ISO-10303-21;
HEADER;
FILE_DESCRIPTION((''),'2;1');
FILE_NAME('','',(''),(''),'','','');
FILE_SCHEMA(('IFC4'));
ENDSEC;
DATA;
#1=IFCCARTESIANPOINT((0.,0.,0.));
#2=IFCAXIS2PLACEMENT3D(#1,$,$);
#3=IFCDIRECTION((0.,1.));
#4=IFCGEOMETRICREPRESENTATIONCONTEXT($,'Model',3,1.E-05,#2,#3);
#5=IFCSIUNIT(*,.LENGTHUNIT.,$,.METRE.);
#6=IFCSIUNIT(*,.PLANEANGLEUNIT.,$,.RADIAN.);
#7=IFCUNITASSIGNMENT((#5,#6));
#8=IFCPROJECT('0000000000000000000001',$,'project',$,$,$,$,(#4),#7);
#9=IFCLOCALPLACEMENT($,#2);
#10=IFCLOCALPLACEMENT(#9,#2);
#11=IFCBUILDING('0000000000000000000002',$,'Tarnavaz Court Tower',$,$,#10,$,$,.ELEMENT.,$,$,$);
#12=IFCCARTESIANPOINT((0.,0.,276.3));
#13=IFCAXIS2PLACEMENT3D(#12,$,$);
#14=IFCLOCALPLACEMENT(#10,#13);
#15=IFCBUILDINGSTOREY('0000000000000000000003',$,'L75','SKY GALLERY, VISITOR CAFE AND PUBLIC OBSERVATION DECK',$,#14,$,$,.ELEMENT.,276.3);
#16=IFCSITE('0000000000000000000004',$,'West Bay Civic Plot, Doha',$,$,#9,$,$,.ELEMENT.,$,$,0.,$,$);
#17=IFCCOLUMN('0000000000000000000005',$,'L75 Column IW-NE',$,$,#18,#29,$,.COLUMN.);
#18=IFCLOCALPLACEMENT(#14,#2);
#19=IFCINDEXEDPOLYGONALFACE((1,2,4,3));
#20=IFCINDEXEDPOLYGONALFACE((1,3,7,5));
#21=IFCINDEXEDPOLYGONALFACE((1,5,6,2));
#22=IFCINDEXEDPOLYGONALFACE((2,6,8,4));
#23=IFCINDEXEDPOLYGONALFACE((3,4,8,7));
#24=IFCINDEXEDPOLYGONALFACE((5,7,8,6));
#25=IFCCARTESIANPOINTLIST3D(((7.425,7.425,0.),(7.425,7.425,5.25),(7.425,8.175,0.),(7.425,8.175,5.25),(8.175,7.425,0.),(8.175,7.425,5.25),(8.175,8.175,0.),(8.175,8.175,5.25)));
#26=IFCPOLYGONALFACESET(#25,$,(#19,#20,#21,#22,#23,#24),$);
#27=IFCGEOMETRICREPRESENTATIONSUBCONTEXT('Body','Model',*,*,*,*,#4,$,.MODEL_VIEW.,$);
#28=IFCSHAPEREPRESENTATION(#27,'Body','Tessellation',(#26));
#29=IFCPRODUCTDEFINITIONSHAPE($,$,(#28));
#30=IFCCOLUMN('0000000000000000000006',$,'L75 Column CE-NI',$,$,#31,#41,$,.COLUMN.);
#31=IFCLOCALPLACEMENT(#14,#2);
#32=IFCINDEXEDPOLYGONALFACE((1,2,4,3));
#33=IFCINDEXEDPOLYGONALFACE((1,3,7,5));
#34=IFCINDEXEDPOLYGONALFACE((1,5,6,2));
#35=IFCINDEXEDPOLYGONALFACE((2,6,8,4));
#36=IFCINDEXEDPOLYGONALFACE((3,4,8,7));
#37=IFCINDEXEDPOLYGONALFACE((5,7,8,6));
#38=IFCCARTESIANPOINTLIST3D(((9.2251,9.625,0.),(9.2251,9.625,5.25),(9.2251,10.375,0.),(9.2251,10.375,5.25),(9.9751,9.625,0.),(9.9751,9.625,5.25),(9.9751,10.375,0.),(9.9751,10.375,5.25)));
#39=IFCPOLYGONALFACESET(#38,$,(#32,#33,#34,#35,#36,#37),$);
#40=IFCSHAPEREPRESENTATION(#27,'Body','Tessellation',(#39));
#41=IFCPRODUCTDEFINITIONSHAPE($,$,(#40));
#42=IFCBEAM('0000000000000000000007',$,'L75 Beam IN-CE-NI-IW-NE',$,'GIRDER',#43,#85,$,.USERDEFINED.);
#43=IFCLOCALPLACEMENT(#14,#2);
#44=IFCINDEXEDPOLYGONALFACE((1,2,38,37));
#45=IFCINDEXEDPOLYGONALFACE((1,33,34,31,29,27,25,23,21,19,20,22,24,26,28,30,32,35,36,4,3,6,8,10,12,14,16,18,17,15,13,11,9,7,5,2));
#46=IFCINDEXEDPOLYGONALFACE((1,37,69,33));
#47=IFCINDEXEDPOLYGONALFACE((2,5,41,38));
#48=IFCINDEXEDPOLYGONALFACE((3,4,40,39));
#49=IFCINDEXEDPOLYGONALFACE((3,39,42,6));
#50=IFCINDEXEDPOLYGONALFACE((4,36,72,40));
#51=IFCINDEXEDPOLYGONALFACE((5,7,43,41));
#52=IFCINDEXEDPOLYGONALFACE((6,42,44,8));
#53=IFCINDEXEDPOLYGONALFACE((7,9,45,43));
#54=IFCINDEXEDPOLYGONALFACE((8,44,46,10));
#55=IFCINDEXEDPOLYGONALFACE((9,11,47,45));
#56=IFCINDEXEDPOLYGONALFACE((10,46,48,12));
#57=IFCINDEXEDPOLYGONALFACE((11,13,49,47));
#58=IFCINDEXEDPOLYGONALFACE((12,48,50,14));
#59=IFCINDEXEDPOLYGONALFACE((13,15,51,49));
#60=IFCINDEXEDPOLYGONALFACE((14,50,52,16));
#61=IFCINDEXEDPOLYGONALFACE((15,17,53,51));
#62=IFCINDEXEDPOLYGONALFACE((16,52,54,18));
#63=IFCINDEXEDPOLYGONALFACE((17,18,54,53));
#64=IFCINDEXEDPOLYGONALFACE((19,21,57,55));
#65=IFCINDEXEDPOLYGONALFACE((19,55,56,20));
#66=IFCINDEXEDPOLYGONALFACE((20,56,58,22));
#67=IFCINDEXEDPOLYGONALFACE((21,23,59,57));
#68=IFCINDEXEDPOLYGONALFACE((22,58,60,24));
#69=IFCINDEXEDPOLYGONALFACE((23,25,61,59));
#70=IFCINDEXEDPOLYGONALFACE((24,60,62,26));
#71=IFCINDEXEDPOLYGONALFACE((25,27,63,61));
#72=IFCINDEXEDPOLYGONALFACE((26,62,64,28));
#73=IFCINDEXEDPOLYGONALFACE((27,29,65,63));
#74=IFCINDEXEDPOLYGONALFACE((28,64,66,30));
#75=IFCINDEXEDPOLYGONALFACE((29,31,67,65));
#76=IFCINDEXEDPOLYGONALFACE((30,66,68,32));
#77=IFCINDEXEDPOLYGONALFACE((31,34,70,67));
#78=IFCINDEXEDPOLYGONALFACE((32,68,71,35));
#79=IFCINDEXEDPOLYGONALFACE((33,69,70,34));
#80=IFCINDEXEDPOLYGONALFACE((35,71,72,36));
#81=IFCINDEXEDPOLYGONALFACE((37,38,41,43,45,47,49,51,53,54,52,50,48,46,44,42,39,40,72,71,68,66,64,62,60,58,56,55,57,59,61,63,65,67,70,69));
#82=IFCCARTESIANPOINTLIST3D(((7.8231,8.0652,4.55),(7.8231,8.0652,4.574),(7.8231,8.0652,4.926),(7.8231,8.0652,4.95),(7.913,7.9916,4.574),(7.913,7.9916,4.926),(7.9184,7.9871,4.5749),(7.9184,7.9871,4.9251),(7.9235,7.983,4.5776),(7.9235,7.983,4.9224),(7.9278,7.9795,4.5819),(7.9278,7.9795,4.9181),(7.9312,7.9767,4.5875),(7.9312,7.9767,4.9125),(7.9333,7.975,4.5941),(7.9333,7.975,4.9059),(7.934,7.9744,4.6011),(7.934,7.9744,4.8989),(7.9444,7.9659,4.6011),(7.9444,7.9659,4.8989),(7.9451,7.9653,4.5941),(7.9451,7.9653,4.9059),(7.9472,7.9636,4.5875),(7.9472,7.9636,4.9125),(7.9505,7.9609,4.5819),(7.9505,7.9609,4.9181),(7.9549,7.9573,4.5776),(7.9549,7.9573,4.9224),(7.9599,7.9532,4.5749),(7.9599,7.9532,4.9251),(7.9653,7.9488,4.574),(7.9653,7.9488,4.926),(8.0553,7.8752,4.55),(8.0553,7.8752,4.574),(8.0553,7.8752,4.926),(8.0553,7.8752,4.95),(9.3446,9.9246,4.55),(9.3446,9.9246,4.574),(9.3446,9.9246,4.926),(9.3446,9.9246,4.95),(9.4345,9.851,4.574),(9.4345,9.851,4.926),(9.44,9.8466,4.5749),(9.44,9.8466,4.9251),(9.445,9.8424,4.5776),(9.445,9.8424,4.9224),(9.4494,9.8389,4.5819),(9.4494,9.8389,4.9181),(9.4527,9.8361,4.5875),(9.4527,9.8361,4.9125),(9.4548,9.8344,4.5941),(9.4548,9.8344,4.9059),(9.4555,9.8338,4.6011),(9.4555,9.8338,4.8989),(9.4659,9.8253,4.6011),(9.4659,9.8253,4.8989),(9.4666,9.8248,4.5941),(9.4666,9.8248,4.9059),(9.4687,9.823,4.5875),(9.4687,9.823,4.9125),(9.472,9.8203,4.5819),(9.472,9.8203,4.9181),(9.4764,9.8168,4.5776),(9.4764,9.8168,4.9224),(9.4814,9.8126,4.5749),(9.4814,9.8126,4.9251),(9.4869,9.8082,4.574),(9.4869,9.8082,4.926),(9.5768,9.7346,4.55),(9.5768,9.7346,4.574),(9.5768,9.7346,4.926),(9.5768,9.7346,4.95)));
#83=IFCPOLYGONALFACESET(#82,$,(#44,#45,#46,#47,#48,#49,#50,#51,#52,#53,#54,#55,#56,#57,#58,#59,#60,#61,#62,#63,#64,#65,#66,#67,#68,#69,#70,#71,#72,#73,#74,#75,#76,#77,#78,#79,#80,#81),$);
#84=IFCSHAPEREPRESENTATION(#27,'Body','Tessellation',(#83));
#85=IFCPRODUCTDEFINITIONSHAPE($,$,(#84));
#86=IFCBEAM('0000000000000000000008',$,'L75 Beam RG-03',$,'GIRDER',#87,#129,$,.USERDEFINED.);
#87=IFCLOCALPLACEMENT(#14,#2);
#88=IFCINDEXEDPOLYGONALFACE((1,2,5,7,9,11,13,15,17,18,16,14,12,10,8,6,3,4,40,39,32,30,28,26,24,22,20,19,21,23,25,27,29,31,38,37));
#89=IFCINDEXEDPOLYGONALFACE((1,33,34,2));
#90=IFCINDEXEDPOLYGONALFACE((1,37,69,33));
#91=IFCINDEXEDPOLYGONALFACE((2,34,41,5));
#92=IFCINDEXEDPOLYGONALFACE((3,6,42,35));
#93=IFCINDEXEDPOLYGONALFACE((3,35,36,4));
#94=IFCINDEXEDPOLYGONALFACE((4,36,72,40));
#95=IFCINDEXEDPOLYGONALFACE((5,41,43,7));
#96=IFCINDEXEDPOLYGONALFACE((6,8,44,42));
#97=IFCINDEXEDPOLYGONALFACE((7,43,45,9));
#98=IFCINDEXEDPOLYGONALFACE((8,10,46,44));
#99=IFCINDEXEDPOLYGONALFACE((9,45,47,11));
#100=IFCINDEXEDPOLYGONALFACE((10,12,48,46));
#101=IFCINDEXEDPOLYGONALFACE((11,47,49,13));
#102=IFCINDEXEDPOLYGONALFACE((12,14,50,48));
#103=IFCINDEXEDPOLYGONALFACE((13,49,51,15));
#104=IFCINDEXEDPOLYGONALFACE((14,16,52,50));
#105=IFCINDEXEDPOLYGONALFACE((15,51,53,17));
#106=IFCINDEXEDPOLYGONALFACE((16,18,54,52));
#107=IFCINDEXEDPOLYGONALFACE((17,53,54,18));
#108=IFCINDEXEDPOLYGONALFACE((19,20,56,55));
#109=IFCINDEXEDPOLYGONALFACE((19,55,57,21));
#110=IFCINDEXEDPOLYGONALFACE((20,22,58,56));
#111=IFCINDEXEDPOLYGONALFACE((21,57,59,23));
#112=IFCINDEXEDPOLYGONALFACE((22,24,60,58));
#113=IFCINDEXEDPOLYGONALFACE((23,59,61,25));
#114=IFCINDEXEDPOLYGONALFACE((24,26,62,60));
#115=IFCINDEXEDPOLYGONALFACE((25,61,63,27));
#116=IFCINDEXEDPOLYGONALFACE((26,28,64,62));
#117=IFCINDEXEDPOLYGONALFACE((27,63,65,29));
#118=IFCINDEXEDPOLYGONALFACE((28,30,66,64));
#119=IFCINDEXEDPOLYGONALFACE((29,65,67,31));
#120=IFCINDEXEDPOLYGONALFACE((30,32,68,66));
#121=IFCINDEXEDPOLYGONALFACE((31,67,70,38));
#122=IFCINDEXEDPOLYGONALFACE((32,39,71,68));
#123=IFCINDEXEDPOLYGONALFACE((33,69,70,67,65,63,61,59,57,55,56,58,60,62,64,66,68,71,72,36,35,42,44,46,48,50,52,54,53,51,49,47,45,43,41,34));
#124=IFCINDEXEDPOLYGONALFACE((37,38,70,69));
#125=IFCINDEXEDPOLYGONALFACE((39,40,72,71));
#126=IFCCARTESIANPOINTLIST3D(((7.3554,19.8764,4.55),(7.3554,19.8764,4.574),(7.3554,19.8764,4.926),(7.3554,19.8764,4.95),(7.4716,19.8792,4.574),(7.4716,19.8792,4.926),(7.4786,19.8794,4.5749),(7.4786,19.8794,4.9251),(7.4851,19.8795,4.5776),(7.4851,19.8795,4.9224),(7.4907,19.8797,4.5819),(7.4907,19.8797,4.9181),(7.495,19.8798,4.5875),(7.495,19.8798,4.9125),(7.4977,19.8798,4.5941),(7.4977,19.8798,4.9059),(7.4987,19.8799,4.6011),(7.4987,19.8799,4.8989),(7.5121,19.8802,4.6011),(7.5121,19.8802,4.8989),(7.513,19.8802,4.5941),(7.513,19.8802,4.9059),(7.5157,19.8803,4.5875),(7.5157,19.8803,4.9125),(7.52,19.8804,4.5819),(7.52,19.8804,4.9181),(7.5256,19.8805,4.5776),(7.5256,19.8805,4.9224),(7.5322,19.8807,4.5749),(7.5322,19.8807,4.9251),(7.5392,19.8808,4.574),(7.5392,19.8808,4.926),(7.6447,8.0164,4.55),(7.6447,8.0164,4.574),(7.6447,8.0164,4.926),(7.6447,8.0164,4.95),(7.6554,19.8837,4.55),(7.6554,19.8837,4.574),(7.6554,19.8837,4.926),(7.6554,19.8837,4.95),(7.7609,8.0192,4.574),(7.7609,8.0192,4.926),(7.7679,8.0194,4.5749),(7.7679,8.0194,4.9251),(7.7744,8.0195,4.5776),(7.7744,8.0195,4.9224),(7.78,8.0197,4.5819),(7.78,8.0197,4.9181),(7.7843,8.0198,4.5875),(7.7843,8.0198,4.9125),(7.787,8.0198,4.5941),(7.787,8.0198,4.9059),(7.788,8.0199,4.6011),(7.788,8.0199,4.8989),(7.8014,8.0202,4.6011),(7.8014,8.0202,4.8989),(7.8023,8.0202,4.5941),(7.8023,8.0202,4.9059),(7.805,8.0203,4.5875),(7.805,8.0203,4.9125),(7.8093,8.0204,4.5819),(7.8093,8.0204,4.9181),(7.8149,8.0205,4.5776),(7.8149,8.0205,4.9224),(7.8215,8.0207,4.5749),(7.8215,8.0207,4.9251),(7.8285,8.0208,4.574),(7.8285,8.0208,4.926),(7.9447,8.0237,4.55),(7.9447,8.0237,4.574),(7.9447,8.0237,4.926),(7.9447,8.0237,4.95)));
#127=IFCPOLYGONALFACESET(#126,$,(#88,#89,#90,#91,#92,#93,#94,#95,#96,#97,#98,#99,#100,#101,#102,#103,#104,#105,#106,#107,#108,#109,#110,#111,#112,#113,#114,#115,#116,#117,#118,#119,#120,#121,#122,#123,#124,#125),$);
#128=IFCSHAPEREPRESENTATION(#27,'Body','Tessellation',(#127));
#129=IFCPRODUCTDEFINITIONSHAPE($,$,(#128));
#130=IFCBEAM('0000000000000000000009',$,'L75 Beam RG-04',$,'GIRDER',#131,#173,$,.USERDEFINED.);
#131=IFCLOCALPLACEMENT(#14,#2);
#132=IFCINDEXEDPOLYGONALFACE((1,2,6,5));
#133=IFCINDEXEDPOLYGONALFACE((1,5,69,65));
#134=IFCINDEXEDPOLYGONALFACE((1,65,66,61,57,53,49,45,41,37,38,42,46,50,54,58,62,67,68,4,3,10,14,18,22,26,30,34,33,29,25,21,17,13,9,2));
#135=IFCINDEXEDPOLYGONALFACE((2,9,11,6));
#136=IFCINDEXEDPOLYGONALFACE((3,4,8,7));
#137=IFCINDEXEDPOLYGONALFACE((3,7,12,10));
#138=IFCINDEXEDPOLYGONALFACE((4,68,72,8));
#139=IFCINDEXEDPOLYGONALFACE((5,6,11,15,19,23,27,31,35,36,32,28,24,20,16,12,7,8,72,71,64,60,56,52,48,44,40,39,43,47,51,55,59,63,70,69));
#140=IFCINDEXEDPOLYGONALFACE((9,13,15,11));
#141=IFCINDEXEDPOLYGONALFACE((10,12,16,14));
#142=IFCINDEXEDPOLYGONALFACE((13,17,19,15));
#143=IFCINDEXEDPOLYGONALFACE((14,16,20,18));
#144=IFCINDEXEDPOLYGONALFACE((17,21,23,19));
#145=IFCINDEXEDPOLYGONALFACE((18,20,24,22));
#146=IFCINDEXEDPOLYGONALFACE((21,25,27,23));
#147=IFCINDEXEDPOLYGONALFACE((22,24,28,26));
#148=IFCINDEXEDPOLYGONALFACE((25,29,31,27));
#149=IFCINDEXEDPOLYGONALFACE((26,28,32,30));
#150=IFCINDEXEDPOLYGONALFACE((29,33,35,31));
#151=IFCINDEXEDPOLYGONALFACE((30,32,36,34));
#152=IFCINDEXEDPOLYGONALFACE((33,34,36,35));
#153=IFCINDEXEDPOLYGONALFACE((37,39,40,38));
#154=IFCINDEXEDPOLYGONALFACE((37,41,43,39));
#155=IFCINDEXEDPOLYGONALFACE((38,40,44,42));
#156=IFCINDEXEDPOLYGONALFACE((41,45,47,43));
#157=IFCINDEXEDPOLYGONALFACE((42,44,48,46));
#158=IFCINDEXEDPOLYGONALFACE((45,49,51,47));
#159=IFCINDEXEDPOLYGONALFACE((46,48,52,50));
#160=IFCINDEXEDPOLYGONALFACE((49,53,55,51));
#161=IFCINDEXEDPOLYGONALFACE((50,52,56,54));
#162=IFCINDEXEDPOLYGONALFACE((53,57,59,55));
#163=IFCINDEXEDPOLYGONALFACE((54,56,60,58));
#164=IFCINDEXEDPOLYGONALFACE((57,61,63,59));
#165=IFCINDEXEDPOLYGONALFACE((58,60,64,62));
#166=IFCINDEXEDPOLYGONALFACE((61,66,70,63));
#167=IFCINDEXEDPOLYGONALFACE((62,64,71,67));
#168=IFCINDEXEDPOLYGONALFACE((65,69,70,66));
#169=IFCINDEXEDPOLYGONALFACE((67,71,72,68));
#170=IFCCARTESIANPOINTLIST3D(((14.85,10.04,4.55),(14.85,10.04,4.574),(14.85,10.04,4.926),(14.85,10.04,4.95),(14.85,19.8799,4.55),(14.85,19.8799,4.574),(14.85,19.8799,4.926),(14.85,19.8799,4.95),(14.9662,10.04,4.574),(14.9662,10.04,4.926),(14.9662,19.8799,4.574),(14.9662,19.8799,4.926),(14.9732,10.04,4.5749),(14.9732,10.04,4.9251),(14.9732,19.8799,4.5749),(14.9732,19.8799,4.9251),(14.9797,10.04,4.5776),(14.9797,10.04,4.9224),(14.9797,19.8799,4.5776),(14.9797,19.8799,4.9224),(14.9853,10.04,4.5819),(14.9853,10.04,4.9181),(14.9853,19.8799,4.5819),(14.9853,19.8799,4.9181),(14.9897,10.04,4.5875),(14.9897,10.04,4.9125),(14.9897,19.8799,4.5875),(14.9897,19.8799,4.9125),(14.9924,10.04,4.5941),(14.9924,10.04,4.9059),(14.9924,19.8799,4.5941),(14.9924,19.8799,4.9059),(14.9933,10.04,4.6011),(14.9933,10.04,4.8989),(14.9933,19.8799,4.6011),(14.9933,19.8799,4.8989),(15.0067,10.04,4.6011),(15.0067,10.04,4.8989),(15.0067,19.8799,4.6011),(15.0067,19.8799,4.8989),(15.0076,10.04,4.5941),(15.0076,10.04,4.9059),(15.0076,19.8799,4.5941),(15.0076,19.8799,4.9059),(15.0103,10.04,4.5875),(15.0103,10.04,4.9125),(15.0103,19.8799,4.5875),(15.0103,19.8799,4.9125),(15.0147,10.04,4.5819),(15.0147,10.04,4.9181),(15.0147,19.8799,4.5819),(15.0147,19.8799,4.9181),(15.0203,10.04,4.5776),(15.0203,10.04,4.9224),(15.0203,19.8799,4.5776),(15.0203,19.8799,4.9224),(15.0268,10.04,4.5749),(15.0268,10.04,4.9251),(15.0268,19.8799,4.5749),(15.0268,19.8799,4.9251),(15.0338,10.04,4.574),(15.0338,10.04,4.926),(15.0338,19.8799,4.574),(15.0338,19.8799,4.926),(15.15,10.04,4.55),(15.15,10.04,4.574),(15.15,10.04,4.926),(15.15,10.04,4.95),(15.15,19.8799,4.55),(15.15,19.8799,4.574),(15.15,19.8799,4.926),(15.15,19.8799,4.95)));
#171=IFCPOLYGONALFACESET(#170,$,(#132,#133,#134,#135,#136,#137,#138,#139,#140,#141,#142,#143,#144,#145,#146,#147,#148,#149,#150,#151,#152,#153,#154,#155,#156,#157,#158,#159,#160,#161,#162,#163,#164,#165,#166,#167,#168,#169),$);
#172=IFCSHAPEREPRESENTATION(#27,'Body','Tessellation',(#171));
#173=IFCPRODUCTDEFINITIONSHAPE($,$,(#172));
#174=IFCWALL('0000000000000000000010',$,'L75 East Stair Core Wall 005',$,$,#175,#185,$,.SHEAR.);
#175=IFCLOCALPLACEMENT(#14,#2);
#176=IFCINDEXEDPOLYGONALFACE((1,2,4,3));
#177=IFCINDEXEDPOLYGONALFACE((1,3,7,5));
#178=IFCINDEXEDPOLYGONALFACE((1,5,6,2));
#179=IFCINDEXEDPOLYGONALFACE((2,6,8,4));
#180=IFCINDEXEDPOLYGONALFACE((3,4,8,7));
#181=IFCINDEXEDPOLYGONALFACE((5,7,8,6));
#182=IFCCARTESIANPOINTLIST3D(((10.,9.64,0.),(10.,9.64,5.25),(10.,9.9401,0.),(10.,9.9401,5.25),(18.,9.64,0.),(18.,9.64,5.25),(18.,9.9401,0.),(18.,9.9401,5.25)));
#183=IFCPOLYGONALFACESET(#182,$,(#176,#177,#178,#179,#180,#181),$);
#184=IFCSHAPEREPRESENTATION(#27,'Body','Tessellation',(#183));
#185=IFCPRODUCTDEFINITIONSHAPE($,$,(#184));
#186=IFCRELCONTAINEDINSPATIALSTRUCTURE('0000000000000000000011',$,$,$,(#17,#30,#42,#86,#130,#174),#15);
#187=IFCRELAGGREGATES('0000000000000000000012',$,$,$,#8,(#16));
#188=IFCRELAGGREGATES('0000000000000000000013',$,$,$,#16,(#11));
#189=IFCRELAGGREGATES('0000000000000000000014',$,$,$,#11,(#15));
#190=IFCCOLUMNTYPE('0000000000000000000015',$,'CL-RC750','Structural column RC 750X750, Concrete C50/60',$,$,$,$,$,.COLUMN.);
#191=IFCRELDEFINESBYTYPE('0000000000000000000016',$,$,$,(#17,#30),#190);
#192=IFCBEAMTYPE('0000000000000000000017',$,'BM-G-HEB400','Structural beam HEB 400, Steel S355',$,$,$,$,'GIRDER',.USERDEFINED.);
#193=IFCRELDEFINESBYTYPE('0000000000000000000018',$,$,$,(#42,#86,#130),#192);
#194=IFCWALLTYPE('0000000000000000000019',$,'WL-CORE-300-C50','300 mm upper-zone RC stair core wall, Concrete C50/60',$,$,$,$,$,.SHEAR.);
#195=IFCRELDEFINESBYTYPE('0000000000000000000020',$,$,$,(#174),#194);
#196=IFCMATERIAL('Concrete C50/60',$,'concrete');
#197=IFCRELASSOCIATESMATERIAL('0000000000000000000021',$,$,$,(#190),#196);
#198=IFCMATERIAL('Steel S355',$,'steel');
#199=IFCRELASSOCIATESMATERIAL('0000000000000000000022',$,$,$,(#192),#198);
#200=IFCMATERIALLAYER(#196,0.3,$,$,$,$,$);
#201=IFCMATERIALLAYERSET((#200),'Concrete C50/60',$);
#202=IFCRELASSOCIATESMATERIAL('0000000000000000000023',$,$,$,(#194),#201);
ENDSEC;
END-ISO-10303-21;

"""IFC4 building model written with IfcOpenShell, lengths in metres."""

from ifc_helpers import new_model, si_unit, direction, frame, frame_2d, origin, origin_2d, place, context, subcontext, project, spatial, rectangle, i_section, extrude, material, layer, layer_set, material_profile, profile_set, type_object, element, save


model = new_model("IFC4")

# Units and contexts
model_context = context("Model", 3, precision=1e-05, world=origin(), true_north=direction((0.0, 1.0)))
body_context = subcontext(model_context, "Body", "Model", "MODEL_VIEW")
ifc_project = project(units=[si_unit("LENGTHUNIT", "METRE"), si_unit("PLANEANGLEUNIT", "RADIAN")], contexts=[model_context])

# Site, building, storey
site_placement = place(None, origin())
site = spatial("IfcSite", under=ifc_project, at=site_placement, Name="West Bay Civic Plot, Doha", CompositionType="ELEMENT", RefElevation=0.0)
building_placement = place(site_placement, origin())
building = spatial("IfcBuilding", under=site, at=building_placement, Name="Tarnavaz Court Tower", CompositionType="ELEMENT")
storey_placement = place(building_placement, frame((0.0, 0.0, 276.3)))
storey = spatial("IfcBuildingStorey", under=building, at=storey_placement, Name="L75", Description="SKY GALLERY, VISITOR CAFE AND PUBLIC OBSERVATION DECK", CompositionType="ELEMENT", Elevation=276.3)

# Columns
ifc_material_1 = material(Name="Concrete C50/60", Category="concrete")
ifc_material_profile_1 = material_profile(ifc_material_1, rectangle(XDim=0.75, YDim=0.75, at=origin_2d()), Name="RC 750X750")
ifc_profile_set_1 = profile_set([ifc_material_profile_1], Name="Concrete C50/60")
column_type = type_object("IfcColumnType", Name="CL-RC750", Description="Structural column RC 750X750, Concrete C50/60", PredefinedType="COLUMN", material=ifc_profile_set_1)
for number, where, z_axis, x_axis, name in (
    (1, (7.8, 7.8, 0.0), (0.0, 0.0, 1.0), (1.0, 0.0, 0.0), "L75 Column IW-NE"),
    (2, (9.6001, 10.0, 0.0), (0.0, 0.0, 1.0), (1.0, 0.0, 0.0), "L75 Column CE-NI"),
):
    element("IfcColumn", number, at=place(storey_placement, frame(where, z_axis=z_axis, x_axis=x_axis)), inside=storey, type_object=column_type, Name=name, PredefinedType="COLUMN", context=body_context, shape_type="SweptSolid", body=[
        extrude(rectangle(XDim=0.75, YDim=0.75, at=origin_2d()), origin(), (0.0, 0.0, 1.0), 5.25),
    ])

# Beams
ifc_material_2 = material(Name="Steel S355", Category="steel")
ifc_material_profile_2 = material_profile(ifc_material_2, i_section(OverallWidth=0.3, OverallDepth=0.3999, WebThickness=0.0134, FlangeThickness=0.0239, FilletRadius=0.0271, at=origin_2d()), Name="HEB 400")
ifc_profile_set_2 = profile_set([ifc_material_profile_2], Name="Steel S355")
beam_type = type_object("IfcBeamType", Name="BM-G-HEB400", Description="Structural beam HEB 400, Steel S355", ElementType="GIRDER", PredefinedType="USERDEFINED", material=ifc_profile_set_2)
beam_1_placement = place(storey_placement, frame((9.4607, 9.8296, 4.75), z_axis=(-0.633282, -0.773921, 0.0), x_axis=(0.773921, -0.633282, 0.0)))
element("IfcBeam", 3, at=beam_1_placement, inside=storey, type_object=beam_type, Name="L75 Beam IN-CE-NI-IW-NE", ObjectType="GIRDER", PredefinedType="USERDEFINED", context=body_context, shape_type="SweptSolid", body=[
    extrude(i_section(OverallWidth=0.3, OverallDepth=0.3999, WebThickness=0.0134, FlangeThickness=0.0239, FilletRadius=0.0271, at=origin_2d()), origin(), (0.0, 0.0, 1.0), 2.4026),
])
beam_2_placement = place(storey_placement, frame((7.7947, 8.02, 4.75), z_axis=(-0.024386, 0.999703, 0.0), x_axis=(-0.999703, -0.024386, 0.0)))
element("IfcBeam", 4, at=beam_2_placement, inside=storey, type_object=beam_type, Name="L75 Beam RG-03", ObjectType="GIRDER", PredefinedType="USERDEFINED", context=body_context, shape_type="SweptSolid", body=[
    extrude(i_section(OverallWidth=0.3, OverallDepth=0.3999, WebThickness=0.0134, FlangeThickness=0.0239, FilletRadius=0.0271, at=origin_2d()), origin(), (0.0, 0.0, 1.0), 11.8635),
])
beam_3_placement = place(storey_placement, frame((15.0, 10.04, 4.75), z_axis=(0.0, 1.0, 0.0), x_axis=(-1.0, 0.0, 0.0)))
element("IfcBeam", 5, at=beam_3_placement, inside=storey, type_object=beam_type, Name="L75 Beam RG-04", ObjectType="GIRDER", PredefinedType="USERDEFINED", context=body_context, shape_type="SweptSolid", body=[
    extrude(i_section(OverallWidth=0.3, OverallDepth=0.3999, WebThickness=0.0134, FlangeThickness=0.0239, FilletRadius=0.0271, at=origin_2d()), origin(), (0.0, 0.0, 1.0), 9.8398),
])

# Wall
ifc_layer_1 = layer(ifc_material_1, 0.3)
ifc_layer_set_1 = layer_set([ifc_layer_1], Name="Concrete C50/60")
wall_type_1 = type_object("IfcWallType", Name="WL-CORE-300-C50", Description="300 mm upper-zone RC stair core wall, Concrete C50/60", PredefinedType="SHEAR", material=ifc_layer_set_1)
wall_1_placement = place(storey_placement, frame((10.0, 9.79, 0.0), z_axis=(0.0, 0.0, 1.0), x_axis=(1.0, 0.0, 0.0)))
element("IfcWall", 6, at=wall_1_placement, inside=storey, type_object=wall_type_1, Name="L75 East Stair Core Wall 005", PredefinedType="SHEAR", context=body_context, shape_type="SweptSolid", body=[
    extrude(rectangle(XDim=8.0, YDim=0.3, at=frame_2d((4.0, 0.0))), origin(), (0.0, 0.0, 1.0), 5.25),
])

save(model, "model.ifc")
